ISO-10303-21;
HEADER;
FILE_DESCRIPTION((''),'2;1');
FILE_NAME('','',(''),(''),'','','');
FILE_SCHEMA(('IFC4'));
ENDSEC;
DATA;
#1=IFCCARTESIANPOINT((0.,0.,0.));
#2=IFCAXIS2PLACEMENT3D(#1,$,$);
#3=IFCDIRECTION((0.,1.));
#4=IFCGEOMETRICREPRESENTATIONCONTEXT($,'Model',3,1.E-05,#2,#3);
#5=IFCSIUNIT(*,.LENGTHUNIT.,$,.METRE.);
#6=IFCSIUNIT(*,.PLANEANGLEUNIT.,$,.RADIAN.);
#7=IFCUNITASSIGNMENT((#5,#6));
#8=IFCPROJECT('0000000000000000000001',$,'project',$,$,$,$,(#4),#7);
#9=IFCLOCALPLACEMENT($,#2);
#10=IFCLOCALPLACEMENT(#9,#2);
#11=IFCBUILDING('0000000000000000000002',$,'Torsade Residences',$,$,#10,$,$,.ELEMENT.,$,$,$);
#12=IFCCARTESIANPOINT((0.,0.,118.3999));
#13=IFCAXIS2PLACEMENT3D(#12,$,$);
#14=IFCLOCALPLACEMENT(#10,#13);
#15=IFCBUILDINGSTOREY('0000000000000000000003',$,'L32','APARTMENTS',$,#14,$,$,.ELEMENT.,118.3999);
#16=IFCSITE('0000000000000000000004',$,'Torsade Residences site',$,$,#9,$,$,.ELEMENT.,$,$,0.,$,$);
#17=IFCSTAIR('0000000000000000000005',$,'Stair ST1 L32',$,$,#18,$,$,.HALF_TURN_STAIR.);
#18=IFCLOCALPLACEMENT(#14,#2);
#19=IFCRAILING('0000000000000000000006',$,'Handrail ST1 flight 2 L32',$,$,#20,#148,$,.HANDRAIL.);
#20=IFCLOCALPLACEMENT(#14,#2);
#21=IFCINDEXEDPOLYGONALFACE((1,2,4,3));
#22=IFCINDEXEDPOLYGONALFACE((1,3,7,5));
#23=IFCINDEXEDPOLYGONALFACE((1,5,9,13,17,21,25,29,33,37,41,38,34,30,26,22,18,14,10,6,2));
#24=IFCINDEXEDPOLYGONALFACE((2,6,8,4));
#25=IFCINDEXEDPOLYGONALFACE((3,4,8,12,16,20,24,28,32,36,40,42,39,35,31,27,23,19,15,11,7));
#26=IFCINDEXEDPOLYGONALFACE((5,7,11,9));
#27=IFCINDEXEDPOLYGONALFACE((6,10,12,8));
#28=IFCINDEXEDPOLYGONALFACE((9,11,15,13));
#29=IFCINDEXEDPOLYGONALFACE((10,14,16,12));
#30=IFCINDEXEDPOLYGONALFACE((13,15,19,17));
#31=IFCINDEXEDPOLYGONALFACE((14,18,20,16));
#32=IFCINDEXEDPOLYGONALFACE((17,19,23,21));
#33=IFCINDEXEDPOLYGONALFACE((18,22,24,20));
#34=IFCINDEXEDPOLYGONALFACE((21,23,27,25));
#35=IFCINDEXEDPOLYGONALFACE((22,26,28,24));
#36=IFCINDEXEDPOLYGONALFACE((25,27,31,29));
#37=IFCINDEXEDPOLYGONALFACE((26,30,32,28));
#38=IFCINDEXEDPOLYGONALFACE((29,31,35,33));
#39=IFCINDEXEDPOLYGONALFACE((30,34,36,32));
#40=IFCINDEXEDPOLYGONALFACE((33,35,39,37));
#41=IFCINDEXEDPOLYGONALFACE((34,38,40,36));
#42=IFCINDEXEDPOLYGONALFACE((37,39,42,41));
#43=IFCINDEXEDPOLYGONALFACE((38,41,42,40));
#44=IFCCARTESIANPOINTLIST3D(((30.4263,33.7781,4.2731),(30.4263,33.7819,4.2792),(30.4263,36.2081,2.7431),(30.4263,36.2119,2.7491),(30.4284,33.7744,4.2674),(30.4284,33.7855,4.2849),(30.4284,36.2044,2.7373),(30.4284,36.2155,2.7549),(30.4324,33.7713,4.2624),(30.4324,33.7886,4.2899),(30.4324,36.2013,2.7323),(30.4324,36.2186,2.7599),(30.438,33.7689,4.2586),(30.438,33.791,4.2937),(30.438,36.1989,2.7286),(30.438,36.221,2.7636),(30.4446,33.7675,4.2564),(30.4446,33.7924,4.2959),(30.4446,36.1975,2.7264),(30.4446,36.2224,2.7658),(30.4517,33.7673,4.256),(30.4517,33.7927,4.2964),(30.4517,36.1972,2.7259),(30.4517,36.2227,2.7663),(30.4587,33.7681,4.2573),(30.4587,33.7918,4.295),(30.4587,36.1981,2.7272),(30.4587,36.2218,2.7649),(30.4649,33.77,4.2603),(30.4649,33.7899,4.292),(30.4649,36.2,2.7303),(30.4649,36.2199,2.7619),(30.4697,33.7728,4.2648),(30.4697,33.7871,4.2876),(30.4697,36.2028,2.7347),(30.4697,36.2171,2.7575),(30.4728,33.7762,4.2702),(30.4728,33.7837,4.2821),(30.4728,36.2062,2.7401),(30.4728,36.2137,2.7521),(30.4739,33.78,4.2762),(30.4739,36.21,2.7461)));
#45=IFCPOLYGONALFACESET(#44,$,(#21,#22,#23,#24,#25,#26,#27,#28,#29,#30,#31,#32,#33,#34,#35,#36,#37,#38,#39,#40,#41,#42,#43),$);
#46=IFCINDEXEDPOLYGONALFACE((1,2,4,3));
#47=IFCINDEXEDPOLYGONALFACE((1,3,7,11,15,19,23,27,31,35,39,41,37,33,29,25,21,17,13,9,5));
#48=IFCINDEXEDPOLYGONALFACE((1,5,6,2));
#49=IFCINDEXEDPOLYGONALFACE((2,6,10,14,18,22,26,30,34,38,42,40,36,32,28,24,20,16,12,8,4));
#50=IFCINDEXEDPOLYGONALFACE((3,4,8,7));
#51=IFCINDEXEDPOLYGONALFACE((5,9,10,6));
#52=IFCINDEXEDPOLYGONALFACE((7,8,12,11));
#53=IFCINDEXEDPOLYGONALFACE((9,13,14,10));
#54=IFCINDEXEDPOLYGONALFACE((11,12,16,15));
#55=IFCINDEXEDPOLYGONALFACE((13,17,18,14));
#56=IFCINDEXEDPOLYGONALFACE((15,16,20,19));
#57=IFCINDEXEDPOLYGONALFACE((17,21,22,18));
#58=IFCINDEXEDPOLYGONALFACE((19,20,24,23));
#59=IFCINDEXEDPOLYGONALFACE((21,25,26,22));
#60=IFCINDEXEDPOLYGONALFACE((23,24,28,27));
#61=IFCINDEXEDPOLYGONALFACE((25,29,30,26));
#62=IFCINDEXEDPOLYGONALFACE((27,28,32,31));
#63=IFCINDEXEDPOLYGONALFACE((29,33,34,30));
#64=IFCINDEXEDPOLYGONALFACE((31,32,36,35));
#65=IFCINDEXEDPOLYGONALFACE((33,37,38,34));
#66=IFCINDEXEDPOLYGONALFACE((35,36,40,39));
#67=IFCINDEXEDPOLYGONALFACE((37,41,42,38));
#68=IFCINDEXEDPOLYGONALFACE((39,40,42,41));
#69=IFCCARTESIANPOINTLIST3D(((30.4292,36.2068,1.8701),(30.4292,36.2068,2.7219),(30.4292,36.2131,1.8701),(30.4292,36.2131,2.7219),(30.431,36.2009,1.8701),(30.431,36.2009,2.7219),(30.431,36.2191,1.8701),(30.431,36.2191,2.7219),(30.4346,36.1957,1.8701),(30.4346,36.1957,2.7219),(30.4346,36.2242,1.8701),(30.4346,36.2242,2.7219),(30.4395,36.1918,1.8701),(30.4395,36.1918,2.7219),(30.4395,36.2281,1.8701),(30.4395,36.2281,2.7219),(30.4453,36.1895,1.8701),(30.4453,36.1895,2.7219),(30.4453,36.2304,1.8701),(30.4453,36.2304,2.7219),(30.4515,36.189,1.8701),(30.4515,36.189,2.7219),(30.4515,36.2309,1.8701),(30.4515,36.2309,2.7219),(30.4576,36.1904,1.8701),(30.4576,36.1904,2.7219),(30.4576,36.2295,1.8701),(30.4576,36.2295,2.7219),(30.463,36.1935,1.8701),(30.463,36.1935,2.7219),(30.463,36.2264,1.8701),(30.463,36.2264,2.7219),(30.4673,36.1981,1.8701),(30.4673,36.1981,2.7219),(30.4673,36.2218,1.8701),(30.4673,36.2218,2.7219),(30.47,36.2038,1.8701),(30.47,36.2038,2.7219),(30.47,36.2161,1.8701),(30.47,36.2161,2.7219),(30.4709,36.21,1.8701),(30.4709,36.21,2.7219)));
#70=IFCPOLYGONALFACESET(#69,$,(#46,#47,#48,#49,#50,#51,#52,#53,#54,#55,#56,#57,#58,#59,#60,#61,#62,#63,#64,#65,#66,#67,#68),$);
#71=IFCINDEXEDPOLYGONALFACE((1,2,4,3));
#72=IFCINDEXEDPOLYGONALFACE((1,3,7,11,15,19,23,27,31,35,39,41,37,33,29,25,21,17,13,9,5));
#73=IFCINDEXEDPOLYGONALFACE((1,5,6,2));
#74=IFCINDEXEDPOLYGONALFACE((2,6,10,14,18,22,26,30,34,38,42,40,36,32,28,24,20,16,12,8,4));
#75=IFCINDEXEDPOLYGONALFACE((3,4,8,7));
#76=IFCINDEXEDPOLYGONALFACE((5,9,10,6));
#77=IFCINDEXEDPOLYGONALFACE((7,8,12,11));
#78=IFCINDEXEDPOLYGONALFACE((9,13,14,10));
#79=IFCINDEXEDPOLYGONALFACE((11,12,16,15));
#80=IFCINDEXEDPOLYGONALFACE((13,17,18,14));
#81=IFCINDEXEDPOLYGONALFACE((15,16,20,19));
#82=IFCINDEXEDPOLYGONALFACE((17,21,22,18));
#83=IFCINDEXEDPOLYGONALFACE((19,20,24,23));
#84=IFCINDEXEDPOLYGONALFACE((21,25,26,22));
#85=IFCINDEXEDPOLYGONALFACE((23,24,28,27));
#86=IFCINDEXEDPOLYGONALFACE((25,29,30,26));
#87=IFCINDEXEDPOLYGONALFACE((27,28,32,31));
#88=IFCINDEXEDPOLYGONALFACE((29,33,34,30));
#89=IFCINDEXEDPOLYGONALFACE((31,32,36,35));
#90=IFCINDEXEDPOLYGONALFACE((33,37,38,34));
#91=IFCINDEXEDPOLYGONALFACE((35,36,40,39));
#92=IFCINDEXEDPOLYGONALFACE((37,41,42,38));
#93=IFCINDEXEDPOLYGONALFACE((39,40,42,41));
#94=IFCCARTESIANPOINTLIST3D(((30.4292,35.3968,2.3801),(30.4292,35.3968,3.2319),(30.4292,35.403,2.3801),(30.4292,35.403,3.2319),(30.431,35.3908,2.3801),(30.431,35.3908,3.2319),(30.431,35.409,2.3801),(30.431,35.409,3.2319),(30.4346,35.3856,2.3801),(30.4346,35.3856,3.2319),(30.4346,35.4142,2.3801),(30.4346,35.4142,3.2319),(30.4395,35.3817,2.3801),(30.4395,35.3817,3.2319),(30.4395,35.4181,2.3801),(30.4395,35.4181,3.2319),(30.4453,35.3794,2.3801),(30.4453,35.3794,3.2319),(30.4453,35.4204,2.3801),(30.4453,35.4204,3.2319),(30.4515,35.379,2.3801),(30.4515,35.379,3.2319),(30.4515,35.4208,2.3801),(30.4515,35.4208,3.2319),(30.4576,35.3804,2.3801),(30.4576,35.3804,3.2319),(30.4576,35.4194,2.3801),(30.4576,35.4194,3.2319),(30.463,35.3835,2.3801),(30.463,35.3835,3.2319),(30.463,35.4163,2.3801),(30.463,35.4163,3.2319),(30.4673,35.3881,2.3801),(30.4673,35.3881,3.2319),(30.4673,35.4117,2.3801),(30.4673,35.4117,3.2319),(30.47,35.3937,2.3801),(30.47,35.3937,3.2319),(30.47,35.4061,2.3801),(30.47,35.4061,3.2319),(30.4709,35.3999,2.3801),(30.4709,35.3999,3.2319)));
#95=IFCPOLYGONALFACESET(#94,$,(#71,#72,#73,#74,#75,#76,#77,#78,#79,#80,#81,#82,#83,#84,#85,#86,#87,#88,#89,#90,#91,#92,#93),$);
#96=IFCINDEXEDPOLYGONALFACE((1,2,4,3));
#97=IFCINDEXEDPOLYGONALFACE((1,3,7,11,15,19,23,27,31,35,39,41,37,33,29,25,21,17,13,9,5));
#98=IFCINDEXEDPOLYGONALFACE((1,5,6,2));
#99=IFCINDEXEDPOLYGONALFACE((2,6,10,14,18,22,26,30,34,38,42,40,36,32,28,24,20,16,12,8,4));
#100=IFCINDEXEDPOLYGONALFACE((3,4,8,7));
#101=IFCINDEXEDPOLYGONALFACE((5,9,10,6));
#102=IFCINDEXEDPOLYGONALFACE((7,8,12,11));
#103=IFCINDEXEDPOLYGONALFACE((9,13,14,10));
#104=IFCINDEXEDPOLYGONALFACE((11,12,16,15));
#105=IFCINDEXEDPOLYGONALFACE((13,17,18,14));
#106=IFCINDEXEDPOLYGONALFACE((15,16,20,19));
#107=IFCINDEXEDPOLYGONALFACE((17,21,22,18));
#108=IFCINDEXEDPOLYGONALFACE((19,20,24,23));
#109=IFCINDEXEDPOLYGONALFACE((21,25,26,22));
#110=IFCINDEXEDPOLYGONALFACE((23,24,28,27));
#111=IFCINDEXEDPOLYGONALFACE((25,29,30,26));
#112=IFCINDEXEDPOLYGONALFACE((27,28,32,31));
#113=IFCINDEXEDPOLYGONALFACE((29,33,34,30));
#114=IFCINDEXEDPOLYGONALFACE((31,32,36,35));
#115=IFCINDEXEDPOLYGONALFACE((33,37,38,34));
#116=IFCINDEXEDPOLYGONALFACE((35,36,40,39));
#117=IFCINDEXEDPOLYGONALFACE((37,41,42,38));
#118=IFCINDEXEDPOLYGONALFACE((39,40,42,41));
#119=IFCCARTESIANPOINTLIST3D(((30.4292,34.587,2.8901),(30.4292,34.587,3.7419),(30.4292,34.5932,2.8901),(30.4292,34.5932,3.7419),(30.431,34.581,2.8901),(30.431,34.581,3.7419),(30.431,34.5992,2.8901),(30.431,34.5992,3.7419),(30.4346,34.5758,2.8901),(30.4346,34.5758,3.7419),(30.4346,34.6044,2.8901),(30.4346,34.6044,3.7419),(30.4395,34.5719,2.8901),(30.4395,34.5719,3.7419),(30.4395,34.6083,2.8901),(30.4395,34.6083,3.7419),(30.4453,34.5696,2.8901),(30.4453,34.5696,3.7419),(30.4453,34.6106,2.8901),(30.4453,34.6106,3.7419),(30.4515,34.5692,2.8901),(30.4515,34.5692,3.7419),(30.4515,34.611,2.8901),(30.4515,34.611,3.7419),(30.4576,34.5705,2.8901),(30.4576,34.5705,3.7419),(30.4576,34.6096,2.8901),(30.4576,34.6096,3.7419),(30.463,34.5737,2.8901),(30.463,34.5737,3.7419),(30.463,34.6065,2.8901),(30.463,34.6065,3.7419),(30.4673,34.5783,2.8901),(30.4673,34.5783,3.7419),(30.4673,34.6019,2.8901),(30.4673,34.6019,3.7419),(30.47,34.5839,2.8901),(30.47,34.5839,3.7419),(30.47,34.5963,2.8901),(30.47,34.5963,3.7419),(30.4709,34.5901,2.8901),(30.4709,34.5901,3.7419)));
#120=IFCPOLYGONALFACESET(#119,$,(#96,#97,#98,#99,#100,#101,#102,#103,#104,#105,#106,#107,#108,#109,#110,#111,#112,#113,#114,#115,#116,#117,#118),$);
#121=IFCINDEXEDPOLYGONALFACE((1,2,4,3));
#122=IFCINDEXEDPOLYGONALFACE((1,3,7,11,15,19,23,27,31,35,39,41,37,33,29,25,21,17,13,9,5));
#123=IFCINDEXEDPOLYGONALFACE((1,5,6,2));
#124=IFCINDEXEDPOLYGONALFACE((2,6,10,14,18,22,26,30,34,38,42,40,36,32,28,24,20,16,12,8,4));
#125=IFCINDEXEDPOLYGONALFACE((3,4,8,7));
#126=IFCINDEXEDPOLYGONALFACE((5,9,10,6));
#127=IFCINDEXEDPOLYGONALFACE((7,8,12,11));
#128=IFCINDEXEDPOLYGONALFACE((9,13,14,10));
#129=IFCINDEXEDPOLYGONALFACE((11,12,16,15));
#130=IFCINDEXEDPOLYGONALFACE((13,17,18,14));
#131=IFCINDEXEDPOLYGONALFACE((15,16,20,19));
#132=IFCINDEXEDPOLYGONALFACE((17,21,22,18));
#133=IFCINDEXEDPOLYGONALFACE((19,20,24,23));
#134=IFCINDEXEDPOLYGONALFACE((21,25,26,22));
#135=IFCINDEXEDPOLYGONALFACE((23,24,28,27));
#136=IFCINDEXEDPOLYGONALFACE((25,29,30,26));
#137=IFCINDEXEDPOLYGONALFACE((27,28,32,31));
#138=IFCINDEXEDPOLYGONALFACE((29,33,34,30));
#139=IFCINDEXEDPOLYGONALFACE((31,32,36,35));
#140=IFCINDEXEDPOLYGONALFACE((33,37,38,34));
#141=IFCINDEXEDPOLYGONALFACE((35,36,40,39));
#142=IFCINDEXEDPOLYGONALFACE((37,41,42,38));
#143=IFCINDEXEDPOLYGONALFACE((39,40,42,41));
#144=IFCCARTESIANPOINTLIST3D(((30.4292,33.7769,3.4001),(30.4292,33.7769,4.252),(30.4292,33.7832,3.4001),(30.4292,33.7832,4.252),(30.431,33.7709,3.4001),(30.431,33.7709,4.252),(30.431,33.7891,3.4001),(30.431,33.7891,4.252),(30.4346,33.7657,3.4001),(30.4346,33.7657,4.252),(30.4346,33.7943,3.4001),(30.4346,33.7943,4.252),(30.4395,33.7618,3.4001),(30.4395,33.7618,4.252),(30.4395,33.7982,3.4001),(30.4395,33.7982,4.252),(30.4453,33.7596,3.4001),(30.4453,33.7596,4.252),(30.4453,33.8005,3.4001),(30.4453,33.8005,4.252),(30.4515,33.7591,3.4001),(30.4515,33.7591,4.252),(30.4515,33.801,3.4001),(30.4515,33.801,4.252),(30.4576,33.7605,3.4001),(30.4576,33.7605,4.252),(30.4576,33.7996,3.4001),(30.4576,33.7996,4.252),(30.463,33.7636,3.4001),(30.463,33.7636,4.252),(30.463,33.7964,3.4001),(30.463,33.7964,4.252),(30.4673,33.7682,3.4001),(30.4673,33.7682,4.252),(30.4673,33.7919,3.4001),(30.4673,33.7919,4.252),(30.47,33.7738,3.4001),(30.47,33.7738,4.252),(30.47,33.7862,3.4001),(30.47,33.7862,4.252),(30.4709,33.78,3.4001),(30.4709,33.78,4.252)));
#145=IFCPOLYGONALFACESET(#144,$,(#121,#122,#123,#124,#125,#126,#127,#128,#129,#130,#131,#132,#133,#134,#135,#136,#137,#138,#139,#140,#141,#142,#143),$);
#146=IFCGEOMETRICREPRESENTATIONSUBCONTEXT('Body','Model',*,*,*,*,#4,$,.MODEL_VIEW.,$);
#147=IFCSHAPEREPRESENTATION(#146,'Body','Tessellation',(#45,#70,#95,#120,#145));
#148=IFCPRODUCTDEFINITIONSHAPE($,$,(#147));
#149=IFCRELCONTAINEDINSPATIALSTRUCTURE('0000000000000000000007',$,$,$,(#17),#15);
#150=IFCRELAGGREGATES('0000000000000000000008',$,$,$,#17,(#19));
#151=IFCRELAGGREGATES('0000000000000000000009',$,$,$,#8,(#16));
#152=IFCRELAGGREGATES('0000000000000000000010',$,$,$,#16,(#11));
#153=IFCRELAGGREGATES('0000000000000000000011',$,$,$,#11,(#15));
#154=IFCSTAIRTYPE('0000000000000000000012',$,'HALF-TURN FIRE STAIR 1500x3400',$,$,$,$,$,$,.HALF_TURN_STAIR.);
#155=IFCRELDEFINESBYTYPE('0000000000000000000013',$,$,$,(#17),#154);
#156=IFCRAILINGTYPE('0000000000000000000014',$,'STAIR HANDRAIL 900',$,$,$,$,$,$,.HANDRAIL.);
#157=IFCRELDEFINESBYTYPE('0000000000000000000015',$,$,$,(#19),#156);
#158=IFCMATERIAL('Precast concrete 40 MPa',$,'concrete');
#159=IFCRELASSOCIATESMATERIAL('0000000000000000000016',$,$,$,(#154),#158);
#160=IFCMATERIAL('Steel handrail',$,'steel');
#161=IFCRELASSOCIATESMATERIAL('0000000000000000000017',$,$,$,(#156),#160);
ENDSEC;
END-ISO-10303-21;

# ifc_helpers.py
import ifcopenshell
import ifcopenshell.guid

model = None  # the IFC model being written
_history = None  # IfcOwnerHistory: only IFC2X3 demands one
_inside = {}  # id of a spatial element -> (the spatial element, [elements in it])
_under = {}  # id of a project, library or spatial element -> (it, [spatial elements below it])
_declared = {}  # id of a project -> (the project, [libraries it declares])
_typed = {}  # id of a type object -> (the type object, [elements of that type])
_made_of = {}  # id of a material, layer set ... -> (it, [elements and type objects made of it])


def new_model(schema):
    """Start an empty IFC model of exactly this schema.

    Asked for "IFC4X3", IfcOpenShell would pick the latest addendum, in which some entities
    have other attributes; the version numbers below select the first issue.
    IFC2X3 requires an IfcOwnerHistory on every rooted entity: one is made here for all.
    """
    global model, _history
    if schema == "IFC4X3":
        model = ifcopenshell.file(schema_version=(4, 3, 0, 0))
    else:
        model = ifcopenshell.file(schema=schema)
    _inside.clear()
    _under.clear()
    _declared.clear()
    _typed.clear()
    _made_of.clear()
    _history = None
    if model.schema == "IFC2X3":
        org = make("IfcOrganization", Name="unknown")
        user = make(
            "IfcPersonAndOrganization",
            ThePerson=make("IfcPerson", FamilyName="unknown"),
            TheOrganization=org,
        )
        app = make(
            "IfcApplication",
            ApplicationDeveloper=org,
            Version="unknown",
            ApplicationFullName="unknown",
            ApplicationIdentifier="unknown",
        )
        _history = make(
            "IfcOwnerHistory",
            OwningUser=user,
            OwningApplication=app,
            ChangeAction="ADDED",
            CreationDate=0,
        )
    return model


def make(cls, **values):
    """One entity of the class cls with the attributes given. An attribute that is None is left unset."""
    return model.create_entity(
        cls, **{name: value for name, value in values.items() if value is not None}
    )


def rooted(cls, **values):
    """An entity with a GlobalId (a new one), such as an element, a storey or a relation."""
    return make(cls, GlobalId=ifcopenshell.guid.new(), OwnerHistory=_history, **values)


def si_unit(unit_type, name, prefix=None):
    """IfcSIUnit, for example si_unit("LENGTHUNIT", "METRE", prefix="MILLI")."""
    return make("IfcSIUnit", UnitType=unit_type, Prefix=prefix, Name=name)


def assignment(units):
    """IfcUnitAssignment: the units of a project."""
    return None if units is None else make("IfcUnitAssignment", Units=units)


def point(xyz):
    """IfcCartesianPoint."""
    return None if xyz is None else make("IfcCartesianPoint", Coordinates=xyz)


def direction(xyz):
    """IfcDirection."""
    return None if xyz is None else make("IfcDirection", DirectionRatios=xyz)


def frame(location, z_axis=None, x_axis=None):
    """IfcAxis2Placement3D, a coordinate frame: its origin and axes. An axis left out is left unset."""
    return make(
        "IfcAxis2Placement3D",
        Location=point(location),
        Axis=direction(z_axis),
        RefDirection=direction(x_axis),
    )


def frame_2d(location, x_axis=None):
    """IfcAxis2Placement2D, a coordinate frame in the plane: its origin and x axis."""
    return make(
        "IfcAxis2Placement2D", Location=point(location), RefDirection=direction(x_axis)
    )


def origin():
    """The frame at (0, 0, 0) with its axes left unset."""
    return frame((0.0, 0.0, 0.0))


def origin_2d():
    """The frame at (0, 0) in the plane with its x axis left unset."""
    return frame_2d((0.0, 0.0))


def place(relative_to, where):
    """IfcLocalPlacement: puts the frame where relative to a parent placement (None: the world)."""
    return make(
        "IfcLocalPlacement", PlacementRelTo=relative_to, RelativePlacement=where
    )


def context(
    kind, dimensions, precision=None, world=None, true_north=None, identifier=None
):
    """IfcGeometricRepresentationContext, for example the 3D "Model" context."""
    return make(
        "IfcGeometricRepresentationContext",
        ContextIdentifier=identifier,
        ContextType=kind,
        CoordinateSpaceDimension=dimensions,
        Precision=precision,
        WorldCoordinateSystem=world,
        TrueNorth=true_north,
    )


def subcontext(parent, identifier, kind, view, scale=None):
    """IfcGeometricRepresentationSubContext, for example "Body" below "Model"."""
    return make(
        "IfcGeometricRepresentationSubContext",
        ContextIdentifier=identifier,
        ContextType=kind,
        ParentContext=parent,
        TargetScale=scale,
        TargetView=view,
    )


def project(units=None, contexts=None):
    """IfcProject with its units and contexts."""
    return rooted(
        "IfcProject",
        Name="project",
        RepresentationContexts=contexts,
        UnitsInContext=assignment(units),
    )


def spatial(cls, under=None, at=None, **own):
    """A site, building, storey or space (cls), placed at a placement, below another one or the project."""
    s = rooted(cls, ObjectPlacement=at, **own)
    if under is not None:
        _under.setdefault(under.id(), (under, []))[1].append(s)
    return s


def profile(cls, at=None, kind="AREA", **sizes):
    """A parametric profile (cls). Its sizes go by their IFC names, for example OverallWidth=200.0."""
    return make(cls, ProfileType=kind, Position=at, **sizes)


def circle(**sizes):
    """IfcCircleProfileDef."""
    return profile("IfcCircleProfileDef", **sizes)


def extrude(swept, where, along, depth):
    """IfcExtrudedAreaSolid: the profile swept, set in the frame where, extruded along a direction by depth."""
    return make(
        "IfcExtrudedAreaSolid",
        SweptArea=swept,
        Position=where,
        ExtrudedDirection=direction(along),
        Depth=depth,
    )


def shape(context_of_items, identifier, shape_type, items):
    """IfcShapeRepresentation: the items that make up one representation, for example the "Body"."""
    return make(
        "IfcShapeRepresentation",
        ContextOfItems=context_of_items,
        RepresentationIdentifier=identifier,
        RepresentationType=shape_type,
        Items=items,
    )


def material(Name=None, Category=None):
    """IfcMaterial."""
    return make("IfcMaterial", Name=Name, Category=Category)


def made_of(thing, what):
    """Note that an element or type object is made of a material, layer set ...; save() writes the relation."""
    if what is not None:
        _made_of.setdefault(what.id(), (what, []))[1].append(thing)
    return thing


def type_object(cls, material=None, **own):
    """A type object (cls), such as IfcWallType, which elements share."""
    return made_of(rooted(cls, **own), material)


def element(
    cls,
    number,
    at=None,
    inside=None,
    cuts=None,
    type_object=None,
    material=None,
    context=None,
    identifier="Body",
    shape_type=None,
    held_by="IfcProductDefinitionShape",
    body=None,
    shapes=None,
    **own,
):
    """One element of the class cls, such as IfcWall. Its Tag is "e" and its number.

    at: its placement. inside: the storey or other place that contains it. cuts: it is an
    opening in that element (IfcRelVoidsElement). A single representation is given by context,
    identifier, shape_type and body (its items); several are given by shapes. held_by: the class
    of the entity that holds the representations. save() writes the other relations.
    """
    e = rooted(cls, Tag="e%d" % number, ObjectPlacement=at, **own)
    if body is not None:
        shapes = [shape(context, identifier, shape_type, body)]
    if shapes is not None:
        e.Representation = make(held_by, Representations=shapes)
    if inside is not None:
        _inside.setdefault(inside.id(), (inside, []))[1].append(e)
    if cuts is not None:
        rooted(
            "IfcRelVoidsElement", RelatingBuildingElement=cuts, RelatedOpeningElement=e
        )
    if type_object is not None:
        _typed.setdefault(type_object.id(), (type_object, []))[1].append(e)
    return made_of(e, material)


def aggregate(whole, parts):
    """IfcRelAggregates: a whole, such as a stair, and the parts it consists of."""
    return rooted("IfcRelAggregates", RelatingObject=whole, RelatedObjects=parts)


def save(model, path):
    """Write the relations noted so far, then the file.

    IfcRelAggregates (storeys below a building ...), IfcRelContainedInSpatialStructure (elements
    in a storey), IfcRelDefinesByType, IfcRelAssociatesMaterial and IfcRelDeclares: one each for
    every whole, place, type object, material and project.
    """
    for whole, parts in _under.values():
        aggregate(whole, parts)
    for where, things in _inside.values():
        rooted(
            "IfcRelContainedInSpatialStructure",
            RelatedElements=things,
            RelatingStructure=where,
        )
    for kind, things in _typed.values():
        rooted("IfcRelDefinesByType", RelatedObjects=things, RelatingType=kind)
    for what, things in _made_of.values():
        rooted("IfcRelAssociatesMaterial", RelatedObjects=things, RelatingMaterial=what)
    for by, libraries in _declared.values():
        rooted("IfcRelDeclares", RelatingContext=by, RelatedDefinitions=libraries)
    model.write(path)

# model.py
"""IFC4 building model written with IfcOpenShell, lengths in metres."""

from ifc_helpers import new_model, si_unit, direction, frame, origin, origin_2d, place, context, subcontext, project, spatial, circle, extrude, material, type_object, element, aggregate, save


model = new_model("IFC4")

# Units and contexts
model_context = context("Model", 3, precision=1e-05, world=origin(), true_north=direction((0.0, 1.0)))
body_context = subcontext(model_context, "Body", "Model", "MODEL_VIEW")
ifc_project = project(units=[si_unit("LENGTHUNIT", "METRE"), si_unit("PLANEANGLEUNIT", "RADIAN")], contexts=[model_context])

# Site, building, storey
site_placement = place(None, origin())
site = spatial("IfcSite", under=ifc_project, at=site_placement, Name="Torsade Residences site", CompositionType="ELEMENT", RefElevation=0.0)
building_placement = place(site_placement, origin())
building = spatial("IfcBuilding", under=site, at=building_placement, Name="Torsade Residences", CompositionType="ELEMENT")
storey_placement = place(building_placement, frame((0.0, 0.0, 118.3999)))
storey = spatial("IfcBuildingStorey", under=building, at=storey_placement, Name="L32", Description="APARTMENTS", CompositionType="ELEMENT", Elevation=118.3999)

# Stair, railing
ifc_material_1 = material(Name="Precast concrete 40 MPa", Category="concrete")
stair_type = type_object("IfcStairType", Name="HALF-TURN FIRE STAIR 1500x3400", PredefinedType="HALF_TURN_STAIR", material=ifc_material_1)
stair_placement = place(storey_placement, origin())
stair = element("IfcStair", 1, at=stair_placement, inside=storey, type_object=stair_type, Name="Stair ST1 L32", PredefinedType="HALF_TURN_STAIR")
ifc_material_2 = material(Name="Steel handrail", Category="steel")
railing_type = type_object("IfcRailingType", Name="STAIR HANDRAIL 900", PredefinedType="HANDRAIL", material=ifc_material_2)
railing_1_placement = place(storey_placement, frame((30.45, 36.21, 1.8701)))
railing_1 = element("IfcRailing", 2, at=railing_1_placement, type_object=railing_type, Name="Handrail ST1 flight 2 L32", PredefinedType="HANDRAIL", context=body_context, shape_type="SweptSolid", body=[
    extrude(circle(Radius=0.0239, at=origin_2d()), frame((0.0, 0.0, 0.876), z_axis=(0.0, -0.846221, 0.532831), x_axis=(1.0, 0.0, 0.0)), (0.0, 0.0, 1.0), 2.8716),
    extrude(circle(Radius=0.021, at=origin_2d()), origin(), (0.0, 0.0, 1.0), 0.8518),
    extrude(circle(Radius=0.021, at=origin_2d()), frame((0.0, -0.8101, 0.51)), (0.0, 0.0, 1.0), 0.8518),
    extrude(circle(Radius=0.021, at=origin_2d()), frame((0.0, -1.6199, 1.02)), (0.0, 0.0, 1.0), 0.8518),
    extrude(circle(Radius=0.021, at=origin_2d()), frame((0.0, -2.4299, 1.53)), (0.0, 0.0, 1.0), 0.8518),
])
aggregate(stair, [railing_1])

save(model, "model.ifc")
